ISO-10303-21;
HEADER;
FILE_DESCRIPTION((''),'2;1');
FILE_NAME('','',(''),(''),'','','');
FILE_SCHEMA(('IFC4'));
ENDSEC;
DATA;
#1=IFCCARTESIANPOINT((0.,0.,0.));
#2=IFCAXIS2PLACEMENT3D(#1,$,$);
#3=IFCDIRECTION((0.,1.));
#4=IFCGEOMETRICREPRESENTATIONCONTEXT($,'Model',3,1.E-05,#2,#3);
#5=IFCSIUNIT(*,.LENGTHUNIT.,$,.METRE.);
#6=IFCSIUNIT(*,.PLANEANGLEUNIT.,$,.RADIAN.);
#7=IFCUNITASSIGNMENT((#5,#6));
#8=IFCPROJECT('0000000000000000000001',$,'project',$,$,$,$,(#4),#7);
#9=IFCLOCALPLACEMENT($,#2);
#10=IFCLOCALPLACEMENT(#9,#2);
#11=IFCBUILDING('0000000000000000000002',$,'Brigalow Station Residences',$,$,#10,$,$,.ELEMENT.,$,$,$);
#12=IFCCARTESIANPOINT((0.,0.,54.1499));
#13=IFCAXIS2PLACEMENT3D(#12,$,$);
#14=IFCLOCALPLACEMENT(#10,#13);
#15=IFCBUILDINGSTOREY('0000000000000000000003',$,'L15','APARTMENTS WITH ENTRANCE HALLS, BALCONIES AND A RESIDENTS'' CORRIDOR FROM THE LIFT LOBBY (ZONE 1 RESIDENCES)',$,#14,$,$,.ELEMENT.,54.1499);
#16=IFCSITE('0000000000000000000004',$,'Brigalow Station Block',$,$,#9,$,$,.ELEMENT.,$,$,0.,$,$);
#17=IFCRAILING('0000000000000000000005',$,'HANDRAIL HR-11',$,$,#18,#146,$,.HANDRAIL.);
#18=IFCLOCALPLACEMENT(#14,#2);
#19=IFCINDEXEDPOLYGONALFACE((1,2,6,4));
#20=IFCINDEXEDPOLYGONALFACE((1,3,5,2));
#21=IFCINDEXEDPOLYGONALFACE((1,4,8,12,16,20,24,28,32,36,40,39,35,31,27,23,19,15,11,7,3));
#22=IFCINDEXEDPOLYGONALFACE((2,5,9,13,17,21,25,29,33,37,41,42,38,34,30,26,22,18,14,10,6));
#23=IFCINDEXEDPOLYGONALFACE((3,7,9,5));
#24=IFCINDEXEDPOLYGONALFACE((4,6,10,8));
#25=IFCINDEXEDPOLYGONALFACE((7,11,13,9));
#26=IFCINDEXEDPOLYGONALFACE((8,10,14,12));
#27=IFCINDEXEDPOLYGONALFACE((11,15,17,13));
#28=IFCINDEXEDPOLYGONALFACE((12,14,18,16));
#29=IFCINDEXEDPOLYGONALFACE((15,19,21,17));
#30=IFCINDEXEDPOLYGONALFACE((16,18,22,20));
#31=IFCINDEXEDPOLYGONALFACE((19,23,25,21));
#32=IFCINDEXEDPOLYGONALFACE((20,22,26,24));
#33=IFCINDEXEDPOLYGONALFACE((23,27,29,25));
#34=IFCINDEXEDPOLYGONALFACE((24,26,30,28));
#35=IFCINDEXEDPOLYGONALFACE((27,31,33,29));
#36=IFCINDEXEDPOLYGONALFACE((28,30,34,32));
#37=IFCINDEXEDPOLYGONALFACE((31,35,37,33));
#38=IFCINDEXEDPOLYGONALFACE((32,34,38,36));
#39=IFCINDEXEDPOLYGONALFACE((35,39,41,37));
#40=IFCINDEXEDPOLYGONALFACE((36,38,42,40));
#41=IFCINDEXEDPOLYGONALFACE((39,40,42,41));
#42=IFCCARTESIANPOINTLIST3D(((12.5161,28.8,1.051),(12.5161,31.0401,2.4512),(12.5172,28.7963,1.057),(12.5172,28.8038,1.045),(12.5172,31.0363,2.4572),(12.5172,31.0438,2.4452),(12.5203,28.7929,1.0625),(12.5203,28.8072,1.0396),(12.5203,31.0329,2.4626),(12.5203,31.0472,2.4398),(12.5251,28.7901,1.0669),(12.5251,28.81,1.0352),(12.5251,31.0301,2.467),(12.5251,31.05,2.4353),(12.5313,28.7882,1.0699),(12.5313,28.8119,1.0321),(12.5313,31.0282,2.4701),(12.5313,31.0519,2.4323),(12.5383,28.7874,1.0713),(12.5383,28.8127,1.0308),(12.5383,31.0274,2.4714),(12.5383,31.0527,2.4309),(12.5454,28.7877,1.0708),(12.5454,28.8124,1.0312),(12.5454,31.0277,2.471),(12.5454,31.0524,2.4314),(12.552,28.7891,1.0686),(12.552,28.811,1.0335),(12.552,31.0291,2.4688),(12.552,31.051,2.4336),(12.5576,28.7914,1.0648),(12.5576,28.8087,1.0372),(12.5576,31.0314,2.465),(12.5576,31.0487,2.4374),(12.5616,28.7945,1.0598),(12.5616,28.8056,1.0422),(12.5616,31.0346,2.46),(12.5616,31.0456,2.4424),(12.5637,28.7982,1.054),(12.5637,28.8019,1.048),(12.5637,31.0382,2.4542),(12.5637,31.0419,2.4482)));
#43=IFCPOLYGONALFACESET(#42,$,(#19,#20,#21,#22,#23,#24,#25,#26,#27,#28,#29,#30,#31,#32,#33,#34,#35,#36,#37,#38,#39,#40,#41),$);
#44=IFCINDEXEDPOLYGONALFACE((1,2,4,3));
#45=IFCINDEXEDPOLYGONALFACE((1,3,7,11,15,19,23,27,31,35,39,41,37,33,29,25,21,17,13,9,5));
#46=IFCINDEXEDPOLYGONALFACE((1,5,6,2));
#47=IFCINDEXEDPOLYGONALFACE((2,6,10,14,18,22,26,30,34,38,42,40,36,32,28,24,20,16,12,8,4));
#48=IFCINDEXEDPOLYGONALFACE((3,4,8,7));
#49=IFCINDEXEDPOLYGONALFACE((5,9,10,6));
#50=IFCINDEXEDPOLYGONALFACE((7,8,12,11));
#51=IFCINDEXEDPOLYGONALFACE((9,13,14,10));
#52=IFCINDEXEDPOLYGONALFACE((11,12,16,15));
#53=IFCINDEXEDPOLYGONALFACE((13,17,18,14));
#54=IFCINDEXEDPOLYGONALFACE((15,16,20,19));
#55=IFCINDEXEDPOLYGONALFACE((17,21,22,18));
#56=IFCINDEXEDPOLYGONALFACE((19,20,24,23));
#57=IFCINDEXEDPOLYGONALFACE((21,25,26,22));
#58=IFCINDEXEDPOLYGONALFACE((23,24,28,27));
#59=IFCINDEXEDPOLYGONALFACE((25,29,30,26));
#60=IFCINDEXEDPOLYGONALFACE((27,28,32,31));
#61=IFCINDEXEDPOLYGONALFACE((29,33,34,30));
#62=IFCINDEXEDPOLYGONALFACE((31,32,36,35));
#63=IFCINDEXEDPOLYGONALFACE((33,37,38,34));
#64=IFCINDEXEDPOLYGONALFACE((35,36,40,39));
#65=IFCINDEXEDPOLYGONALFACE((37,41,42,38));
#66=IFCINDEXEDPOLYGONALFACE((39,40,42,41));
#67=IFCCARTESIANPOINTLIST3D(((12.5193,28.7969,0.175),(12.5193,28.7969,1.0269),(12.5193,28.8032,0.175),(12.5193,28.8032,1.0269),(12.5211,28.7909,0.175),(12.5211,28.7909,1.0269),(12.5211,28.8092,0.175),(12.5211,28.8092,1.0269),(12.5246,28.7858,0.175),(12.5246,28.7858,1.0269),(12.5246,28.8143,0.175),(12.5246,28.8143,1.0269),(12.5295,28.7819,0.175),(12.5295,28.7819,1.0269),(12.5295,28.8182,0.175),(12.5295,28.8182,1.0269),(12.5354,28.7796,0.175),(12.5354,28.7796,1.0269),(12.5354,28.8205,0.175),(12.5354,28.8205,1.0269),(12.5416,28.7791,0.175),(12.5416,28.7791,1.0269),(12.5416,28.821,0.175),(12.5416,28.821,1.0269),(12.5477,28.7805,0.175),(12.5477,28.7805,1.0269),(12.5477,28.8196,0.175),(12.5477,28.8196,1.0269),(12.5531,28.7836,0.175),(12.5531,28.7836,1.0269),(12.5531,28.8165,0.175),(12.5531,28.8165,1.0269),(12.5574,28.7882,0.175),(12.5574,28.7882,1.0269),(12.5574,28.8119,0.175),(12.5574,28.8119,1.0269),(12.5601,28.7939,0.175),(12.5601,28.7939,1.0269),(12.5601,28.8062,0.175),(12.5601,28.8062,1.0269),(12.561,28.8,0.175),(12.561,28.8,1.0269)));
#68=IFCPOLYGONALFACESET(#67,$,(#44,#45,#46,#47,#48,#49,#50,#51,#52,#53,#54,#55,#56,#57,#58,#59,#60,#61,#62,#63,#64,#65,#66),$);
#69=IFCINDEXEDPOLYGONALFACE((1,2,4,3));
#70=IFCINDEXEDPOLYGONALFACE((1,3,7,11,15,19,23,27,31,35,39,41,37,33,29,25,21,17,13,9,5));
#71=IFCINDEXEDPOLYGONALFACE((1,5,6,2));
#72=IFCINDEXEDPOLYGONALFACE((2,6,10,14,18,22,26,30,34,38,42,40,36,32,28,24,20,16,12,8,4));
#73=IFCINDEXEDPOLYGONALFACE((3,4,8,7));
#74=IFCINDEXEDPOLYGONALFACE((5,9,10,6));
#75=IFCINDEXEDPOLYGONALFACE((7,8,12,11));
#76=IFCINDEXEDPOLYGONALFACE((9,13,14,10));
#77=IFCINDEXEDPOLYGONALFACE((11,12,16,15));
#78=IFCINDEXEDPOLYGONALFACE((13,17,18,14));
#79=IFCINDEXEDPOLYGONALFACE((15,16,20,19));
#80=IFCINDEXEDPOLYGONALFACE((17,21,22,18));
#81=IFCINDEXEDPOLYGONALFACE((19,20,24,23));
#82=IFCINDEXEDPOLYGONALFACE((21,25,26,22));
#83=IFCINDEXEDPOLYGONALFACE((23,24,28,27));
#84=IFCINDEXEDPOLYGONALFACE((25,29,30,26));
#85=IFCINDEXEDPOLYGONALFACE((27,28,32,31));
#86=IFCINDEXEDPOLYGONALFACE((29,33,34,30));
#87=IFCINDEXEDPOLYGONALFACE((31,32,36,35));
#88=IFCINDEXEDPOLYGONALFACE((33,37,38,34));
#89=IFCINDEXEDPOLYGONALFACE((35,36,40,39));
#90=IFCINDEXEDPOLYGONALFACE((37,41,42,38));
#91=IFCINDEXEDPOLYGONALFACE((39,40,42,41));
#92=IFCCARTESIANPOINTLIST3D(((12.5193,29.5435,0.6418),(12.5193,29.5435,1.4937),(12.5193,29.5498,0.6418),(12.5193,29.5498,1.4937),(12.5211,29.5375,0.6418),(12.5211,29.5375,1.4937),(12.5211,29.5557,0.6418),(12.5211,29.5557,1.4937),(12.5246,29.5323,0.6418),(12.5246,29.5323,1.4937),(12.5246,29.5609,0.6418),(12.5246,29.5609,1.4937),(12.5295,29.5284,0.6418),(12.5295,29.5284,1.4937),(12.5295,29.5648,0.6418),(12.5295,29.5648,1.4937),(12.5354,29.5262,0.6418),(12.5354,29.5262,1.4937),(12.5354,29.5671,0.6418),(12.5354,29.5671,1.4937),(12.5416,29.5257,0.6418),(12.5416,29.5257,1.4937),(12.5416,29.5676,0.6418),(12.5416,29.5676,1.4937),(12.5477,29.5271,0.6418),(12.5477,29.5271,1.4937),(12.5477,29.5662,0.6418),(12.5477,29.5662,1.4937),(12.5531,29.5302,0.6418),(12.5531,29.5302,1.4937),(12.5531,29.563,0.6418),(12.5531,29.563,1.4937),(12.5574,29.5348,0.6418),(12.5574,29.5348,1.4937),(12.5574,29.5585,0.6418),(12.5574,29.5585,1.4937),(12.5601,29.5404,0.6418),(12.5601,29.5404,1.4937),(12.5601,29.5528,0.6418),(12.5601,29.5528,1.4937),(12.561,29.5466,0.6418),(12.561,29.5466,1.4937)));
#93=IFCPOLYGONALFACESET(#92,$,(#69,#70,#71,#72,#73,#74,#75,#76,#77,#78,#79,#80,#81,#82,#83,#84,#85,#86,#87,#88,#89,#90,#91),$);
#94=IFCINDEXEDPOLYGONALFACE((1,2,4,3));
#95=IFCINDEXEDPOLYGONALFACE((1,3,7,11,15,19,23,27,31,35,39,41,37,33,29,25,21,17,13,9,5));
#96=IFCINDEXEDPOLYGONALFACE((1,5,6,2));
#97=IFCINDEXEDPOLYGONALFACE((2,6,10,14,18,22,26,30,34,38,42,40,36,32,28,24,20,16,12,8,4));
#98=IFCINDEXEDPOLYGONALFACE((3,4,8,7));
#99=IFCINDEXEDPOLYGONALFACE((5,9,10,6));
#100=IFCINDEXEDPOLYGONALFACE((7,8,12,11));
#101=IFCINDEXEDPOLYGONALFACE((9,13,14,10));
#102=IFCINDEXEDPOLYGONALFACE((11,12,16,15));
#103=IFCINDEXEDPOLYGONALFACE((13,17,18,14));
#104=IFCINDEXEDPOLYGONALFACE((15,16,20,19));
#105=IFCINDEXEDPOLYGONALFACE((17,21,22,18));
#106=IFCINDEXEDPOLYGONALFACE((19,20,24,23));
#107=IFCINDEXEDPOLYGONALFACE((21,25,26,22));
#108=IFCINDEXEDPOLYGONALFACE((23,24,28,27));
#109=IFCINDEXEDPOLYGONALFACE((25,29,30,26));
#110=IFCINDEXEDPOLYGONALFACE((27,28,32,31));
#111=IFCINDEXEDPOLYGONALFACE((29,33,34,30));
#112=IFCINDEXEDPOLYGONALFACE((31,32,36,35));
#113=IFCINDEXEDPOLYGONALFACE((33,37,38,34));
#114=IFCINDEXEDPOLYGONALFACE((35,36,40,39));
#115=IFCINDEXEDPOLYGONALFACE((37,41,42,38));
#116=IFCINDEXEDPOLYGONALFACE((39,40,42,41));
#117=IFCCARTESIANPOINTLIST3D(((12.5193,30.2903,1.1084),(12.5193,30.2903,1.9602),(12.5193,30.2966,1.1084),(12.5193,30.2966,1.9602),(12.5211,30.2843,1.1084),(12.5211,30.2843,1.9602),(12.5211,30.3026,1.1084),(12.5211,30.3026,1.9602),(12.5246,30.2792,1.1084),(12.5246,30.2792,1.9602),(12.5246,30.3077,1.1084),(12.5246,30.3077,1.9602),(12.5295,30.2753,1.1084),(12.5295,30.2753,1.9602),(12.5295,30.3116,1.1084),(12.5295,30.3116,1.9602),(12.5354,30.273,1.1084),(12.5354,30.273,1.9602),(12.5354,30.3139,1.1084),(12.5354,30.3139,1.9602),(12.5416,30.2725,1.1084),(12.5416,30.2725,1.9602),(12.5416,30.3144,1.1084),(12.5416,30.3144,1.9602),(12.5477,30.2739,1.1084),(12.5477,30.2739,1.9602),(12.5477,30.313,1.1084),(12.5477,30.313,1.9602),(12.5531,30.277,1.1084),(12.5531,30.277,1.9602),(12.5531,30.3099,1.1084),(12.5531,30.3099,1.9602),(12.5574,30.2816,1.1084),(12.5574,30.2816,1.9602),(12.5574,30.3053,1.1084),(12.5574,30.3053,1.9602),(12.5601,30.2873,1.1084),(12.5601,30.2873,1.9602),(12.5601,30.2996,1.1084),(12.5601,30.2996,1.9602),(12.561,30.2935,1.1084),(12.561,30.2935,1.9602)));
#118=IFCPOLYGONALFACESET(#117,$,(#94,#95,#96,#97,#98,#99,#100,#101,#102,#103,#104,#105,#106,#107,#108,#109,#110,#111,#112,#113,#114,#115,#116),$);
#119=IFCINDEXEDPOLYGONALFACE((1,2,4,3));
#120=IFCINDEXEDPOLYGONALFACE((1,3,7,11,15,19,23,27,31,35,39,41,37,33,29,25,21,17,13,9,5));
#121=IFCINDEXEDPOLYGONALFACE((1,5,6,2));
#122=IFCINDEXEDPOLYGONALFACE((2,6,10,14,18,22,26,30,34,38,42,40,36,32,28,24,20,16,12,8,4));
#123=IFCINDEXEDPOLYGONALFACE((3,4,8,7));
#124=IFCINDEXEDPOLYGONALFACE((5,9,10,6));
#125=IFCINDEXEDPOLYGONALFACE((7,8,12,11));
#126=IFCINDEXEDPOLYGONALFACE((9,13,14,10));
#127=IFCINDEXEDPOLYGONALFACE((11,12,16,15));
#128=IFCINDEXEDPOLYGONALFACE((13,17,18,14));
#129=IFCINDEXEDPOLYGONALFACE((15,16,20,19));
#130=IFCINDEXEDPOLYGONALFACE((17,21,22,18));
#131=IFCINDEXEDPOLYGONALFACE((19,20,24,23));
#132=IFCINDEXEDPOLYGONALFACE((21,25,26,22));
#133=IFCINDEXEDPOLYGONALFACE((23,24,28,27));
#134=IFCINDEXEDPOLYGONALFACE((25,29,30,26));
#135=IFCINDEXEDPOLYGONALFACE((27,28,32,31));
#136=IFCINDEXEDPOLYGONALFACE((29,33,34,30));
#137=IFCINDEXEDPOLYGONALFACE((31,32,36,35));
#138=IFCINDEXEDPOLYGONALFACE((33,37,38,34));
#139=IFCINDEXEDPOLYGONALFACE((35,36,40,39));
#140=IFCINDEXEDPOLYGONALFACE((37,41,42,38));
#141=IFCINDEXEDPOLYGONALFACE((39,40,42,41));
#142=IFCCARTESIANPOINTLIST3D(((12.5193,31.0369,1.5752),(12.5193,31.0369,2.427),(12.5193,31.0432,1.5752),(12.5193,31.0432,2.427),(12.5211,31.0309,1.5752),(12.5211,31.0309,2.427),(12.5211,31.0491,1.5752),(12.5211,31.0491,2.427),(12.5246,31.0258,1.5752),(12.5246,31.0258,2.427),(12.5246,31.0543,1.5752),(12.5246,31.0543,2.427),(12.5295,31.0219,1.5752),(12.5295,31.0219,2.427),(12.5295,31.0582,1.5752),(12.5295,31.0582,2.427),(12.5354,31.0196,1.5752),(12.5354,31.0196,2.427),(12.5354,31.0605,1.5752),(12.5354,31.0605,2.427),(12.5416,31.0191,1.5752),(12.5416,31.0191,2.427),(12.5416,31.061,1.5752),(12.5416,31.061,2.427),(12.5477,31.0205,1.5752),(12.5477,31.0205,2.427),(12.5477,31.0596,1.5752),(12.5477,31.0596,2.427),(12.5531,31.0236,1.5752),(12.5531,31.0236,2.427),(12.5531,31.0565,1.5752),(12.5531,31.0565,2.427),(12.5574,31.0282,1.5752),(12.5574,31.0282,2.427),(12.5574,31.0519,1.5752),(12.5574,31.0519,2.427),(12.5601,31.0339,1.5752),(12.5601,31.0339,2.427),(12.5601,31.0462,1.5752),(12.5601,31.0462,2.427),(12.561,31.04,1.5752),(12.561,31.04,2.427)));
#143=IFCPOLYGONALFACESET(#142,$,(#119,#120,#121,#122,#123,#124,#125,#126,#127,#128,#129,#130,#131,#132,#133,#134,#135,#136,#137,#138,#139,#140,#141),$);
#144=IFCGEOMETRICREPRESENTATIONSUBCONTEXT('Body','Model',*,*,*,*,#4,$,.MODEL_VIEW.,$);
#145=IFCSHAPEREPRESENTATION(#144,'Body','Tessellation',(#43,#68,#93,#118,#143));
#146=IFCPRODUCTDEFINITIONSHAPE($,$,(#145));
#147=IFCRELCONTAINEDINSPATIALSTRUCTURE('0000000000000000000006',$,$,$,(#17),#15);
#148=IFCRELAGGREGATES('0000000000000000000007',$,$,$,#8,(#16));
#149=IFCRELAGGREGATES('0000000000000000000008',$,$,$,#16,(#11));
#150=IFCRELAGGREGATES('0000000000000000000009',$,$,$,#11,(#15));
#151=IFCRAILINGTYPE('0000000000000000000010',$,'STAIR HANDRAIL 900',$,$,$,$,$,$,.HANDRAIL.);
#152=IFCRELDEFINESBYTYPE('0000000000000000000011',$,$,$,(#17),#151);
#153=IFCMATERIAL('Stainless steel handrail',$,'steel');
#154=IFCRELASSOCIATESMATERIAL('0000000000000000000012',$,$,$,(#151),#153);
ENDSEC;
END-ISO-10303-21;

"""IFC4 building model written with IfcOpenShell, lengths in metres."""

from ifc_helpers import new_model, si_unit, direction, frame, origin, origin_2d, place, context, subcontext, project, spatial, circle, extrude, material, type_object, element, save


model = new_model("IFC4")

# Units and contexts
model_context = context("Model", 3, precision=1e-05, world=origin(), true_north=direction((0.0, 1.0)))
body_context = subcontext(model_context, "Body", "Model", "MODEL_VIEW")
ifc_project = project(units=[si_unit("LENGTHUNIT", "METRE"), si_unit("PLANEANGLEUNIT", "RADIAN")], contexts=[model_context])

# Site, building, storey
site_placement = place(None, origin())
site = spatial("IfcSite", under=ifc_project, at=site_placement, Name="Brigalow Station Block", CompositionType="ELEMENT", RefElevation=0.0)
building_placement = place(site_placement, origin())
building = spatial("IfcBuilding", under=site, at=building_placement, Name="Brigalow Station Residences", CompositionType="ELEMENT")
storey_placement = place(building_placement, frame((0.0, 0.0, 54.1499)))
storey = spatial("IfcBuildingStorey", under=building, at=storey_placement, Name="L15", Description="APARTMENTS WITH ENTRANCE HALLS, BALCONIES AND A RESIDENTS' CORRIDOR FROM THE LIFT LOBBY (ZONE 1 RESIDENCES)", CompositionType="ELEMENT", Elevation=54.1499)

# Railing
ifc_material_1 = material(Name="Stainless steel handrail", Category="steel")
railing_type = type_object("IfcRailingType", Name="STAIR HANDRAIL 900", PredefinedType="HANDRAIL", material=ifc_material_1)
railing_placement = place(storey_placement, frame((12.54, 28.8, 0.175)))
element("IfcRailing", 1, at=railing_placement, inside=storey, type_object=railing_type, Name="HANDRAIL HR-11", PredefinedType="HANDRAIL", context=body_context, shape_type="SweptSolid", body=[
    extrude(circle(Radius=0.0239, at=origin_2d()), frame((0.0, 0.0, 0.876), z_axis=(0.0, 0.847972, 0.53004), x_axis=(-1.0, 0.0, 0.0)), (0.0, 0.0, 1.0), 2.6416),
    extrude(circle(Radius=0.021, at=origin_2d()), origin(), (0.0, 0.0, 1.0), 0.8518),
    extrude(circle(Radius=0.021, at=origin_2d()), frame((0.0, 0.7466, 0.4668)), (0.0, 0.0, 1.0), 0.8518),
    extrude(circle(Radius=0.021, at=origin_2d()), frame((0.0, 1.4934, 0.9333)), (0.0, 0.0, 1.0), 0.8518),
    extrude(circle(Radius=0.021, at=origin_2d()), frame((0.0, 2.24, 1.4001)), (0.0, 0.0, 1.0), 0.8518),
])

save(model, "model.ifc")
